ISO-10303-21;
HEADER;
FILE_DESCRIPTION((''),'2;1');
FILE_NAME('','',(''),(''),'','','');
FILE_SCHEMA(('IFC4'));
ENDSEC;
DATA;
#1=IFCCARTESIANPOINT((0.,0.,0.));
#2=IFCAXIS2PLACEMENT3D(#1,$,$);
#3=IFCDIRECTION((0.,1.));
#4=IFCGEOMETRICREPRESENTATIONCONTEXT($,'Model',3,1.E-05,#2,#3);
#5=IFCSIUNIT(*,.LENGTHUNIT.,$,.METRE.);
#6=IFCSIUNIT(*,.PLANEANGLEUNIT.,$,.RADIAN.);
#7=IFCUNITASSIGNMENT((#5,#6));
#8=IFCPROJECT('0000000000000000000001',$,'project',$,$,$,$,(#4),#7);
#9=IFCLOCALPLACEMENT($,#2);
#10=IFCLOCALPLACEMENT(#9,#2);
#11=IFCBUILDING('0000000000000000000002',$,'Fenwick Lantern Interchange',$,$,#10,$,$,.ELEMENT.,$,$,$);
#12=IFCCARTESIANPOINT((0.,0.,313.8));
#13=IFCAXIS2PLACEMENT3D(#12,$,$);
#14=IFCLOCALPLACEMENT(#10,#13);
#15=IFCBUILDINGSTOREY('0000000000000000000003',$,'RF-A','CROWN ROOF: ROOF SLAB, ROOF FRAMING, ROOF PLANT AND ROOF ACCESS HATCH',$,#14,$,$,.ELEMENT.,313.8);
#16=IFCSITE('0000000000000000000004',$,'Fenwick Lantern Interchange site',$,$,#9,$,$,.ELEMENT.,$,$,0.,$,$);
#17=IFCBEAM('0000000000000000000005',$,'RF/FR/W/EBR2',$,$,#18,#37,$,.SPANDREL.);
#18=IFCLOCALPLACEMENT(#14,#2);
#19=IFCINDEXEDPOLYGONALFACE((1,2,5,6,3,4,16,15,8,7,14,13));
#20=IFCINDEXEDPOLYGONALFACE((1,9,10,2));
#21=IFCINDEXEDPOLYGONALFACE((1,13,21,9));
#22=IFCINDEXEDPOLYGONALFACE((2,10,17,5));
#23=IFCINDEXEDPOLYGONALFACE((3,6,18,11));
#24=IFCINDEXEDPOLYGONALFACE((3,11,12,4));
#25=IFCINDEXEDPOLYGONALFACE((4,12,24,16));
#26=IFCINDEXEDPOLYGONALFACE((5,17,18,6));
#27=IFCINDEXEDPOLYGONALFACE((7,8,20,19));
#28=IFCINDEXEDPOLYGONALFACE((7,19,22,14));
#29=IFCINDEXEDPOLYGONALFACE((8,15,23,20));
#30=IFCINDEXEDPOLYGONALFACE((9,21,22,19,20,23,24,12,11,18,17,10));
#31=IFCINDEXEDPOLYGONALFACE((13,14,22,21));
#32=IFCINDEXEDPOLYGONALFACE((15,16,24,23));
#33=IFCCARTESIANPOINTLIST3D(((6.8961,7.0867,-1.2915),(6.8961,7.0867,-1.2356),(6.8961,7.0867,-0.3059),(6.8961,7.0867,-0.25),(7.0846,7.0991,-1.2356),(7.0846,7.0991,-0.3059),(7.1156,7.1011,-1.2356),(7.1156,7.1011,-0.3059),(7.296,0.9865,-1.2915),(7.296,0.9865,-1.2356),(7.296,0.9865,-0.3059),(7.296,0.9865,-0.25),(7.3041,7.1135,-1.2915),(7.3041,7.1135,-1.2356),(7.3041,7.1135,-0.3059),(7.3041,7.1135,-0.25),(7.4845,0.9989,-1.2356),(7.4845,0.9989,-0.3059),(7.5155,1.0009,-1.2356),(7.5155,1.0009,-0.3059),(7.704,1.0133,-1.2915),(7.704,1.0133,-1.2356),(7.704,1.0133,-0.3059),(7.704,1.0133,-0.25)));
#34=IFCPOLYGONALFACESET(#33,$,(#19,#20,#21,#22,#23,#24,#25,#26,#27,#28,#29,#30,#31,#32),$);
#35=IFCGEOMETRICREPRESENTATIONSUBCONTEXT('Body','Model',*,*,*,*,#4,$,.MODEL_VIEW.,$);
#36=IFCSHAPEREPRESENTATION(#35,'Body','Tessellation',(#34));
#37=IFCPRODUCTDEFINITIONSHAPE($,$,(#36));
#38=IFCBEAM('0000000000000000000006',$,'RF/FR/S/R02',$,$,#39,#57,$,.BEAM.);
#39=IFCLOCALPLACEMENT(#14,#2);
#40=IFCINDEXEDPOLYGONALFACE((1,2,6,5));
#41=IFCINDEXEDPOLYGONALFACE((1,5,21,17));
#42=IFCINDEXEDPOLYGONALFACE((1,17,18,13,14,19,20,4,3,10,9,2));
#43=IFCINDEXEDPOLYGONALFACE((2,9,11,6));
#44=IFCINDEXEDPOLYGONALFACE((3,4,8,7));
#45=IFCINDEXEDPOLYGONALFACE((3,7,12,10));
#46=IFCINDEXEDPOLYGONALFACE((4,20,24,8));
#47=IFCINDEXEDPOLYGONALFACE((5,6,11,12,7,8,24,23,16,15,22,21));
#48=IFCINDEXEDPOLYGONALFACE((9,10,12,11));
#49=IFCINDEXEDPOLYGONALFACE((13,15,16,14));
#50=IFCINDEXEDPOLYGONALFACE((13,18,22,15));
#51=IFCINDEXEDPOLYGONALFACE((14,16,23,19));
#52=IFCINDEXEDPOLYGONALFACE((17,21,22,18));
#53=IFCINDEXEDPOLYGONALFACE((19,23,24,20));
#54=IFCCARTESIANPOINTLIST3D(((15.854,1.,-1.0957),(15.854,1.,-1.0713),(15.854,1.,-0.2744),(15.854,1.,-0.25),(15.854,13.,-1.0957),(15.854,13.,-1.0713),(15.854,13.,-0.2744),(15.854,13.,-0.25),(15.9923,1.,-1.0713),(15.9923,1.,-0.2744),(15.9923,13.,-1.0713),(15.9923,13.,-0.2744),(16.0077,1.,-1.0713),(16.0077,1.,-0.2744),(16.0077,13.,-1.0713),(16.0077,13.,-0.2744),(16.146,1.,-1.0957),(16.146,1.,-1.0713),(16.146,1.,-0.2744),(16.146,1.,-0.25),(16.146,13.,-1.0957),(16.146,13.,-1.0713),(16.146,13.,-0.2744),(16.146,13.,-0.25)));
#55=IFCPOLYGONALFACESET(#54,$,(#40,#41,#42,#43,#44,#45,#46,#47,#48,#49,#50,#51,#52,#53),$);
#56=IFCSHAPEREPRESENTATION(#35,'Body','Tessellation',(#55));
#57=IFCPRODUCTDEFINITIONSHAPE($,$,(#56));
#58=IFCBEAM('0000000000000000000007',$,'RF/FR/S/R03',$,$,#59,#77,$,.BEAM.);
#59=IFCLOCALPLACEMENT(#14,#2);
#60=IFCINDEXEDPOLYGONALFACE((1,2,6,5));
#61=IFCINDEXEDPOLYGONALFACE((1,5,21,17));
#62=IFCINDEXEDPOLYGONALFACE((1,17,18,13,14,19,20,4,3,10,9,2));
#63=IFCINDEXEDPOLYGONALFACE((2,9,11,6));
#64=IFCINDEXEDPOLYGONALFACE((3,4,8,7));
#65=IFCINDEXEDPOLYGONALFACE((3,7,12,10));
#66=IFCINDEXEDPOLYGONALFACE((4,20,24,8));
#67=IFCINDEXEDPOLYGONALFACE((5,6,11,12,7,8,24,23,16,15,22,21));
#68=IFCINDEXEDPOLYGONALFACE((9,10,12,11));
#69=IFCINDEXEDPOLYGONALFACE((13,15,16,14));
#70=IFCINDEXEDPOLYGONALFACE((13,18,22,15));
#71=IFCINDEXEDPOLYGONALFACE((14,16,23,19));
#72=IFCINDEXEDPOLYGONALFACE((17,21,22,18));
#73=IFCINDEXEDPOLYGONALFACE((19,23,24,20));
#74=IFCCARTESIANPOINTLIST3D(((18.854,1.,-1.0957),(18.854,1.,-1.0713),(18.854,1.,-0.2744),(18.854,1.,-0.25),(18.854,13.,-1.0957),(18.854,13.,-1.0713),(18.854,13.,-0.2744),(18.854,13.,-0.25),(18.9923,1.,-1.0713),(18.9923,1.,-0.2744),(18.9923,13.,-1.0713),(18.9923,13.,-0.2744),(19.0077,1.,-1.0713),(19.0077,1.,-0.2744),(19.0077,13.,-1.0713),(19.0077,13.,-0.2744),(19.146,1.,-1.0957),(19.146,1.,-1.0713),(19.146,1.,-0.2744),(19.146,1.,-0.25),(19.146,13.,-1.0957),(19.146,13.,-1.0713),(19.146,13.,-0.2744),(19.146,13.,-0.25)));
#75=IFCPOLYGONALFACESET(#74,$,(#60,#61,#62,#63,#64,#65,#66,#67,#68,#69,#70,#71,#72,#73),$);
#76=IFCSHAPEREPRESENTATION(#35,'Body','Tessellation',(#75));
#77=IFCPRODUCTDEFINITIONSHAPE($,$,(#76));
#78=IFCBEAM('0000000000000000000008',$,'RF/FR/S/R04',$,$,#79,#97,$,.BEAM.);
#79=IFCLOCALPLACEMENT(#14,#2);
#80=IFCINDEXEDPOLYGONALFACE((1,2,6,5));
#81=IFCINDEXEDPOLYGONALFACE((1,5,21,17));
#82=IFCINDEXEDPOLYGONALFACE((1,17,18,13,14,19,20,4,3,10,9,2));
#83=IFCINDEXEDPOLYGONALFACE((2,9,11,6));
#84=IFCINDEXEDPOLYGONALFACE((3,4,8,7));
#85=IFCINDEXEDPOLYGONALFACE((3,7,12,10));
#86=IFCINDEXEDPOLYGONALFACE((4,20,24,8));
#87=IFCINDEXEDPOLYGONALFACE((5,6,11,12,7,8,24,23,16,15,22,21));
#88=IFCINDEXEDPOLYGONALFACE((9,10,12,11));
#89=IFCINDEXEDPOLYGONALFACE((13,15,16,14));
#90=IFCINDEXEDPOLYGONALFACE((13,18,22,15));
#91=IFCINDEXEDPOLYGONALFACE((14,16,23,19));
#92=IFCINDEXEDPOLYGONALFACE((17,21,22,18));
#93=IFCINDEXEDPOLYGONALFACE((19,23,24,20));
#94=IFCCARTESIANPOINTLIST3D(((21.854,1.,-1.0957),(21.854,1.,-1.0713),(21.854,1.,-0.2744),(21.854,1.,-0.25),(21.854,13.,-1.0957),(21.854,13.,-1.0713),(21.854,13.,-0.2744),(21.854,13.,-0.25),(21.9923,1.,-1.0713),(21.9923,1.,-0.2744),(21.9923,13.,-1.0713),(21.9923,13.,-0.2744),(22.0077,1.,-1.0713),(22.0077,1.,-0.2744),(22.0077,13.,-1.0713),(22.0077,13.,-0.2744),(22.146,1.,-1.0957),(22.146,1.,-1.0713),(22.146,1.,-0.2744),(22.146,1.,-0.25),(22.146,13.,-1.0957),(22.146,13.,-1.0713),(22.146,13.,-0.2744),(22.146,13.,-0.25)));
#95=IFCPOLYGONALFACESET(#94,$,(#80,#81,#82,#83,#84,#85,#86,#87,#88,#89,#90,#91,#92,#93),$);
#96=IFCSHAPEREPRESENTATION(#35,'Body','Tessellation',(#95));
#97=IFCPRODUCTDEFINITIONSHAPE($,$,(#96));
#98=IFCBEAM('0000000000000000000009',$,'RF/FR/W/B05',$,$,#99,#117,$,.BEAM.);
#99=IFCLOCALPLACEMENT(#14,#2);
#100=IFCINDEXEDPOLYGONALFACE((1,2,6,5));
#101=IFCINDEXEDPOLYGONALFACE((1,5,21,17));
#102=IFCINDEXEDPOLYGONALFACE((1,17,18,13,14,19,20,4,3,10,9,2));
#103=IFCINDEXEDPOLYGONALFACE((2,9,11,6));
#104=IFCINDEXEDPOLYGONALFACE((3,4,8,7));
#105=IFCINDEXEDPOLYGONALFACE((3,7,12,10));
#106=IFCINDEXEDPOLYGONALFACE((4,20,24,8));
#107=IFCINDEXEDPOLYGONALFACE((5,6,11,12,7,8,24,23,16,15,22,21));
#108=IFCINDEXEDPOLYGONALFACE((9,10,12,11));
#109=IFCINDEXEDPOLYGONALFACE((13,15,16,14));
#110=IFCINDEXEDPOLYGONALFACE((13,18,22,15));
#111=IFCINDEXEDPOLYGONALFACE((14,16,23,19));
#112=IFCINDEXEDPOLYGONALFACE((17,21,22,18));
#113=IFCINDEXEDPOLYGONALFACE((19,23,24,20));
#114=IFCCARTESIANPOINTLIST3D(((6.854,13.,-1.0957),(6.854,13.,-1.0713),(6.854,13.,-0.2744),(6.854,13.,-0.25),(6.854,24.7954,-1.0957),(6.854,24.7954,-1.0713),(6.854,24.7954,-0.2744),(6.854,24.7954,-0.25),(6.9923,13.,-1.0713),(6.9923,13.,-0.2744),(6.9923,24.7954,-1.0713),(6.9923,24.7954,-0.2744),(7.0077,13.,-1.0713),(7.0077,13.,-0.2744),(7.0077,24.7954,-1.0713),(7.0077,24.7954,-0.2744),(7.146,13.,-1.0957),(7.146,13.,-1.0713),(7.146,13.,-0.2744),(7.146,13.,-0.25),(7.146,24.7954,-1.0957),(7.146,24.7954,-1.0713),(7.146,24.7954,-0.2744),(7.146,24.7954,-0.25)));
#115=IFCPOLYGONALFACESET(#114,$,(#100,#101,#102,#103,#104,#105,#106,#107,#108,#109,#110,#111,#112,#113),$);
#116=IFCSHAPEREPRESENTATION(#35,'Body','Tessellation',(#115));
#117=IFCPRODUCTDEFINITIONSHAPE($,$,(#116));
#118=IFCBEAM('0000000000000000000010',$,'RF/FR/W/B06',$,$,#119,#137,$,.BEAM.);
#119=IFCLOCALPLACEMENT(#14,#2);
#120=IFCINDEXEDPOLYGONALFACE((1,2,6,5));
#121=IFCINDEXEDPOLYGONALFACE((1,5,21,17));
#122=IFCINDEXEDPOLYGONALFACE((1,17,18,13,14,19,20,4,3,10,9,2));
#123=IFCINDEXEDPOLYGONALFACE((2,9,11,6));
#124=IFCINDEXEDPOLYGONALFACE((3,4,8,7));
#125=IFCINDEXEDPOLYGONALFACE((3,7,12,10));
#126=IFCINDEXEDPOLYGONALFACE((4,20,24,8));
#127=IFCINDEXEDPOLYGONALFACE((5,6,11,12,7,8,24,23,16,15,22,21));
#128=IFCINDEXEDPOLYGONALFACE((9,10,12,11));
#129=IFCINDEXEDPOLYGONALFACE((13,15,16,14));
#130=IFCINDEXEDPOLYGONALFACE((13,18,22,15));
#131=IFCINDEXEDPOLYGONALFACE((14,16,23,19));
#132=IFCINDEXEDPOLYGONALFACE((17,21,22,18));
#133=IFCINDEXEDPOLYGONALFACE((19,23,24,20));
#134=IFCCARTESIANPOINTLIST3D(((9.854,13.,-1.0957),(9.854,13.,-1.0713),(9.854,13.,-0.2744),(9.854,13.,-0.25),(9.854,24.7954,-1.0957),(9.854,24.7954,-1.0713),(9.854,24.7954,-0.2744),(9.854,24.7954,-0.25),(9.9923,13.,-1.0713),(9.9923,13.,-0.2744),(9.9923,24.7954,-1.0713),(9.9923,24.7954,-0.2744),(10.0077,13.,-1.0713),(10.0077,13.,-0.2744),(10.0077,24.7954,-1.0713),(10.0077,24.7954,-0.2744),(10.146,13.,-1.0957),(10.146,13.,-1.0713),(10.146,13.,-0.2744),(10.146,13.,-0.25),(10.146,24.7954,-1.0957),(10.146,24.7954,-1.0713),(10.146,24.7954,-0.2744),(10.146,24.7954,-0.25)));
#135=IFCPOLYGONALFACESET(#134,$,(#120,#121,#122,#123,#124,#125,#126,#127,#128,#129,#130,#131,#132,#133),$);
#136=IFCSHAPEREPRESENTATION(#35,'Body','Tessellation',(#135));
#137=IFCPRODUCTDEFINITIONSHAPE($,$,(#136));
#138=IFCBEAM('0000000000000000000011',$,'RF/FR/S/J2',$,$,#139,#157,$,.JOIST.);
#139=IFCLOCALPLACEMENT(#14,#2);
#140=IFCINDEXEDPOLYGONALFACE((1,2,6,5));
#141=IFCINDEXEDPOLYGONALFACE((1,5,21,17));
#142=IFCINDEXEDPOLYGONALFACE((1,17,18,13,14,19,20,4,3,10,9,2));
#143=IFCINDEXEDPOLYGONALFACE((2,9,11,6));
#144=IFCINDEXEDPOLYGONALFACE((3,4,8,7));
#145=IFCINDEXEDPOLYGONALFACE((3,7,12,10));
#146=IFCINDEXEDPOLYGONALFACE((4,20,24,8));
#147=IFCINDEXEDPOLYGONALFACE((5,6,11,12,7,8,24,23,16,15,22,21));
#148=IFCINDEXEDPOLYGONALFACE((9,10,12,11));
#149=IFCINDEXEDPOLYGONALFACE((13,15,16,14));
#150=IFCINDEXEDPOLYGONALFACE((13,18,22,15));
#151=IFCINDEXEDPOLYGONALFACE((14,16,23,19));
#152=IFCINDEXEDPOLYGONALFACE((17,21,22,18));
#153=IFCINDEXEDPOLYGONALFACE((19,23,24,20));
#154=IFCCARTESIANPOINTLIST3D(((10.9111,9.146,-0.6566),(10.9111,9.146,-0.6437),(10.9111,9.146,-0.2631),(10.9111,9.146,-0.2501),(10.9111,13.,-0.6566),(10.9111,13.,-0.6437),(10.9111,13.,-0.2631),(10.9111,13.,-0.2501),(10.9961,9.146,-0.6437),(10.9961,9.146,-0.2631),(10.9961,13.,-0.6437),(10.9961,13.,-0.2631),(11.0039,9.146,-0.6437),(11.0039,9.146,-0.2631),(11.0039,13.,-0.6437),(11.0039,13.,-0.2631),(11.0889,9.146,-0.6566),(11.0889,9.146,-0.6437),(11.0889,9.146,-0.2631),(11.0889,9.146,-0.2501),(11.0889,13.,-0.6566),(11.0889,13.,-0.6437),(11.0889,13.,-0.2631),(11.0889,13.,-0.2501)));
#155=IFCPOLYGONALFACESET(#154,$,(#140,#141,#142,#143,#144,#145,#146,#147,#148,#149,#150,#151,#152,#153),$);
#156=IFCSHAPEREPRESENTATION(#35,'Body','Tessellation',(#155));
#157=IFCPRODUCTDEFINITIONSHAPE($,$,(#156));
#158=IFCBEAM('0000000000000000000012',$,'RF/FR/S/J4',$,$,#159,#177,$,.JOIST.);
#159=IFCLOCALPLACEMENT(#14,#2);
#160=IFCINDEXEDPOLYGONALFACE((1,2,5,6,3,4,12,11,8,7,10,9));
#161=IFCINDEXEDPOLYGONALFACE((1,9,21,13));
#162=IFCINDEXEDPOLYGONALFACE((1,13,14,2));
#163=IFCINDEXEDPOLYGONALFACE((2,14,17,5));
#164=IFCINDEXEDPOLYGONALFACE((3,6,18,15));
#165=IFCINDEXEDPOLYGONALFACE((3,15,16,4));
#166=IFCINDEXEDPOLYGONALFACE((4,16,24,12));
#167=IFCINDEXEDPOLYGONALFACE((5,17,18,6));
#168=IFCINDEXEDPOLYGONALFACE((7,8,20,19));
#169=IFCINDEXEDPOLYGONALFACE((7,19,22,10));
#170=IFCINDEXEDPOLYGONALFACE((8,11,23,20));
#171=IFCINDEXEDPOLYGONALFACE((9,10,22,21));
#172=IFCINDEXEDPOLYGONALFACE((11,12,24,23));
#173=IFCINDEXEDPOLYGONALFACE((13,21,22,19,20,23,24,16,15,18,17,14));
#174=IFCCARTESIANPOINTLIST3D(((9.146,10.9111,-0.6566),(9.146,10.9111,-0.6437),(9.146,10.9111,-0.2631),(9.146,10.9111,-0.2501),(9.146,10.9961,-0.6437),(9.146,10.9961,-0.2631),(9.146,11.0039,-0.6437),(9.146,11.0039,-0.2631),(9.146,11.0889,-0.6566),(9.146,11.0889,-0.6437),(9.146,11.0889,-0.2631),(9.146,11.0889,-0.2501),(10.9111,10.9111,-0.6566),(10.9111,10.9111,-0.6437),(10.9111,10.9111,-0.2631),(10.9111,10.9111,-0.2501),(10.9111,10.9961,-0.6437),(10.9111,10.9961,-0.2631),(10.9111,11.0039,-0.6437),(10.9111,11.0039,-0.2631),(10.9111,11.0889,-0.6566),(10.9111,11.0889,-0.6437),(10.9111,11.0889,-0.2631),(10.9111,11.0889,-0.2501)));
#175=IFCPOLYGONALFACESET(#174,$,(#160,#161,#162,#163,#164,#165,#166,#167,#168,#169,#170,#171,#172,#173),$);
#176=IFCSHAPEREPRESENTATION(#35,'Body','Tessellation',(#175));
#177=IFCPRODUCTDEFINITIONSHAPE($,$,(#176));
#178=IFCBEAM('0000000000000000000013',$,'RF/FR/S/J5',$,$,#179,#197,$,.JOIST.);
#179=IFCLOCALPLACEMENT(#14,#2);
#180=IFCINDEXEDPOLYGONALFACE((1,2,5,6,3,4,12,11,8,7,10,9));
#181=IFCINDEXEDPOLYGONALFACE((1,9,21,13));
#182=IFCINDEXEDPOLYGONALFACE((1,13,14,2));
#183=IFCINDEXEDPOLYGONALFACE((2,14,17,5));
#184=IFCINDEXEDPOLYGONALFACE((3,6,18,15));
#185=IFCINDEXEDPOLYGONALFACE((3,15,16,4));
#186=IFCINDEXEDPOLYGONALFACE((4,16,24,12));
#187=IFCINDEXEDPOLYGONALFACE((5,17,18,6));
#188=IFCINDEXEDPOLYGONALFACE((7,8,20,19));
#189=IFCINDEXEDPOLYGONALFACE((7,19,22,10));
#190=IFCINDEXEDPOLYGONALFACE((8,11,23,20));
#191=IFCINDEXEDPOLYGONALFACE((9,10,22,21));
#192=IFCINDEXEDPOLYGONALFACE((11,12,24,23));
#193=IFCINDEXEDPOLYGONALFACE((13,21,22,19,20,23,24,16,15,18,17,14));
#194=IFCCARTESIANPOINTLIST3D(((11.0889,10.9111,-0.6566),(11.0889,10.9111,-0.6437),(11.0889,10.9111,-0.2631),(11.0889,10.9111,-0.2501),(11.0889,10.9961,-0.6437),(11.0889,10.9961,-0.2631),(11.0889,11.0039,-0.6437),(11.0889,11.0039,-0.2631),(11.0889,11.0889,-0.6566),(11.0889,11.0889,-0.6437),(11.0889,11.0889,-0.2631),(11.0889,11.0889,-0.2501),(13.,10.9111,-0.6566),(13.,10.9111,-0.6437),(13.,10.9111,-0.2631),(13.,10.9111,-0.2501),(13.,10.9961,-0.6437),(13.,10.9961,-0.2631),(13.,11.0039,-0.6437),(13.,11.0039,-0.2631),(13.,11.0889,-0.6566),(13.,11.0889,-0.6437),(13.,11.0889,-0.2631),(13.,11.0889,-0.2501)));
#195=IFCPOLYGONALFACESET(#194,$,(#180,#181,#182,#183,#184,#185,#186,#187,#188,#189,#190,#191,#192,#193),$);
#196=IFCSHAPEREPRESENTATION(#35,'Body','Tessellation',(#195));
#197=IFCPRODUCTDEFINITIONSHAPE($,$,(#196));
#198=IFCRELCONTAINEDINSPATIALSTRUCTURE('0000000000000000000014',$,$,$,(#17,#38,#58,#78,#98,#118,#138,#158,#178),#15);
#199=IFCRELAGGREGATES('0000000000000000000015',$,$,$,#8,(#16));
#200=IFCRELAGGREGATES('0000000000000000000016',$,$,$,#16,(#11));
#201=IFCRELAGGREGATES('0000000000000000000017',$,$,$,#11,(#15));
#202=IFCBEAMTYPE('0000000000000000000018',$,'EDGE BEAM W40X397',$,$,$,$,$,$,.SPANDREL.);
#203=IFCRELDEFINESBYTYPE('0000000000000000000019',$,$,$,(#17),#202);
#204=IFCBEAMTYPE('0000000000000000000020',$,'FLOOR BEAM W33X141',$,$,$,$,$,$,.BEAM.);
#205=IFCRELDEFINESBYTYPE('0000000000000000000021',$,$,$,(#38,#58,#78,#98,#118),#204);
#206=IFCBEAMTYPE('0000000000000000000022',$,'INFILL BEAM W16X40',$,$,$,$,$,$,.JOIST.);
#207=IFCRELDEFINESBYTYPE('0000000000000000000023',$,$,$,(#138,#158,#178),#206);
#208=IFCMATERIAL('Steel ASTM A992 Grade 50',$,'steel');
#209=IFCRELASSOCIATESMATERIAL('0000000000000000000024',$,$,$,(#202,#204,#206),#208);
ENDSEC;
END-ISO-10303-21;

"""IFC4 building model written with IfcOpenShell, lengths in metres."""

from ifc_helpers import new_model, si_unit, direction, frame, origin, origin_2d, place, context, subcontext, project, spatial, i_section, extrude, material, material_profile, profile_set, type_object, element, save


model = new_model("IFC4")

# Units and contexts
model_context = context("Model", 3, precision=1e-05, world=origin(), true_north=direction((0.0, 1.0)))
body_context = subcontext(model_context, "Body", "Model", "MODEL_VIEW")
ifc_project = project(units=[si_unit("LENGTHUNIT", "METRE"), si_unit("PLANEANGLEUNIT", "RADIAN")], contexts=[model_context])

# Site, building, storey
site_placement = place(None, origin())
site = spatial("IfcSite", under=ifc_project, at=site_placement, Name="Fenwick Lantern Interchange site", CompositionType="ELEMENT", RefElevation=0.0)
building_placement = place(site_placement, origin())
building = spatial("IfcBuilding", under=site, at=building_placement, Name="Fenwick Lantern Interchange", CompositionType="ELEMENT")
storey_placement = place(building_placement, frame((0.0, 0.0, 313.8)))
storey = spatial("IfcBuildingStorey", under=building, at=storey_placement, Name="RF-A", Description="CROWN ROOF: ROOF SLAB, ROOF FRAMING, ROOF PLANT AND ROOF ACCESS HATCH", CompositionType="ELEMENT", Elevation=313.8)

# Shared definitions
ifc_material_1 = material(Name="Steel ASTM A992 Grade 50", Category="steel")

# Beams
ifc_material_profile_1 = material_profile(ifc_material_1, i_section(OverallWidth=0.4089, OverallDepth=1.0415, WebThickness=0.031, FlangeThickness=0.0559, at=origin_2d()), Name="W40X397")
ifc_profile_set_1 = profile_set([ifc_material_profile_1], Name="Steel ASTM A992 Grade 50")
beam_type_1 = type_object("IfcBeamType", Name="EDGE BEAM W40X397", PredefinedType="SPANDREL", material=ifc_profile_set_1)
beam_1_placement = place(storey_placement, frame((7.1001, 7.1001, -0.7708), z_axis=(0.065416, -0.997858, 0.0), x_axis=(0.997858, 0.065416, 0.0)))
element("IfcBeam", 1, at=beam_1_placement, inside=storey, type_object=beam_type_1, Name="RF/FR/W/EBR2", PredefinedType="SPANDREL", context=body_context, shape_type="SweptSolid", body=[
    extrude(i_section(OverallWidth=0.4089, OverallDepth=1.0415, WebThickness=0.031, FlangeThickness=0.0559, at=origin_2d()), origin(), (0.0, 0.0, 1.0), 6.1133),
])
ifc_material_profile_2 = material_profile(ifc_material_1, i_section(OverallWidth=0.292, OverallDepth=0.8457, WebThickness=0.0154, FlangeThickness=0.0244, at=origin_2d()), Name="W33X141")
ifc_profile_set_2 = profile_set([ifc_material_profile_2], Name="Steel ASTM A992 Grade 50")
beam_type_2 = type_object("IfcBeamType", Name="FLOOR BEAM W33X141", PredefinedType="BEAM", material=ifc_profile_set_2)
for number, where, z_axis, x_axis, name in (
    (2, (16.0, 1.0, -0.6729), (0.0, 1.0, 0.0), (-1.0, 0.0, 0.0), "RF/FR/S/R02"),
    (3, (19.0, 1.0, -0.6729), (0.0, 1.0, 0.0), (-1.0, 0.0, 0.0), "RF/FR/S/R03"),
    (4, (22.0, 1.0, -0.6729), (0.0, 1.0, 0.0), (-1.0, 0.0, 0.0), "RF/FR/S/R04"),
):
    element("IfcBeam", number, at=place(storey_placement, frame(where, z_axis=z_axis, x_axis=x_axis)), inside=storey, type_object=beam_type_2, Name=name, PredefinedType="BEAM", context=body_context, shape_type="SweptSolid", body=[
        extrude(i_section(OverallWidth=0.292, OverallDepth=0.8457, WebThickness=0.0154, FlangeThickness=0.0244, at=origin_2d()), origin(), (0.0, 0.0, 1.0), 12.0),
    ])
for number, where, z_axis, x_axis, name in (
    (5, (7.0, 24.7954, -0.6729), (0.0, -1.0, 0.0), (1.0, 0.0, 0.0), "RF/FR/W/B05"),
    (6, (10.0, 24.7954, -0.6729), (0.0, -1.0, 0.0), (1.0, 0.0, 0.0), "RF/FR/W/B06"),
):
    element("IfcBeam", number, at=place(storey_placement, frame(where, z_axis=z_axis, x_axis=x_axis)), inside=storey, type_object=beam_type_2, Name=name, PredefinedType="BEAM", context=body_context, shape_type="SweptSolid", body=[
        extrude(i_section(OverallWidth=0.292, OverallDepth=0.8457, WebThickness=0.0154, FlangeThickness=0.0244, at=origin_2d()), origin(), (0.0, 0.0, 1.0), 11.7954),
    ])
ifc_material_profile_3 = material_profile(ifc_material_1, i_section(OverallWidth=0.1777, OverallDepth=0.4065, WebThickness=0.0078, FlangeThickness=0.0129, at=origin_2d()), Name="W16X40")
ifc_profile_set_3 = profile_set([ifc_material_profile_3], Name="Steel ASTM A992 Grade 50")
beam_type_3 = type_object("IfcBeamType", Name="INFILL BEAM W16X40", PredefinedType="JOIST", material=ifc_profile_set_3)
beam_2_placement = place(storey_placement, frame((11.0, 9.146, -0.4534), z_axis=(0.0, 1.0, 0.0), x_axis=(-1.0, 0.0, 0.0)))
element("IfcBeam", 7, at=beam_2_placement, inside=storey, type_object=beam_type_3, Name="RF/FR/S/J2", PredefinedType="JOIST", context=body_context, shape_type="SweptSolid", body=[
    extrude(i_section(OverallWidth=0.1777, OverallDepth=0.4065, WebThickness=0.0078, FlangeThickness=0.0129, at=origin_2d()), origin(), (0.0, 0.0, 1.0), 3.854),
])
beam_3_placement = place(storey_placement, frame((9.146, 11.0, -0.4534), z_axis=(1.0, 0.0, 0.0), x_axis=(0.0, 1.0, 0.0)))
element("IfcBeam", 8, at=beam_3_placement, inside=storey, type_object=beam_type_3, Name="RF/FR/S/J4", PredefinedType="JOIST", context=body_context, shape_type="SweptSolid", body=[
    extrude(i_section(OverallWidth=0.1777, OverallDepth=0.4065, WebThickness=0.0078, FlangeThickness=0.0129, at=origin_2d()), origin(), (0.0, 0.0, 1.0), 1.7651),
])
beam_4_placement = place(storey_placement, frame((11.0889, 11.0, -0.4534), z_axis=(1.0, 0.0, 0.0), x_axis=(0.0, 1.0, 0.0)))
element("IfcBeam", 9, at=beam_4_placement, inside=storey, type_object=beam_type_3, Name="RF/FR/S/J5", PredefinedType="JOIST", context=body_context, shape_type="SweptSolid", body=[
    extrude(i_section(OverallWidth=0.1777, OverallDepth=0.4065, WebThickness=0.0078, FlangeThickness=0.0129, at=origin_2d()), origin(), (0.0, 0.0, 1.0), 1.9111),
])

save(model, "model.ifc")
